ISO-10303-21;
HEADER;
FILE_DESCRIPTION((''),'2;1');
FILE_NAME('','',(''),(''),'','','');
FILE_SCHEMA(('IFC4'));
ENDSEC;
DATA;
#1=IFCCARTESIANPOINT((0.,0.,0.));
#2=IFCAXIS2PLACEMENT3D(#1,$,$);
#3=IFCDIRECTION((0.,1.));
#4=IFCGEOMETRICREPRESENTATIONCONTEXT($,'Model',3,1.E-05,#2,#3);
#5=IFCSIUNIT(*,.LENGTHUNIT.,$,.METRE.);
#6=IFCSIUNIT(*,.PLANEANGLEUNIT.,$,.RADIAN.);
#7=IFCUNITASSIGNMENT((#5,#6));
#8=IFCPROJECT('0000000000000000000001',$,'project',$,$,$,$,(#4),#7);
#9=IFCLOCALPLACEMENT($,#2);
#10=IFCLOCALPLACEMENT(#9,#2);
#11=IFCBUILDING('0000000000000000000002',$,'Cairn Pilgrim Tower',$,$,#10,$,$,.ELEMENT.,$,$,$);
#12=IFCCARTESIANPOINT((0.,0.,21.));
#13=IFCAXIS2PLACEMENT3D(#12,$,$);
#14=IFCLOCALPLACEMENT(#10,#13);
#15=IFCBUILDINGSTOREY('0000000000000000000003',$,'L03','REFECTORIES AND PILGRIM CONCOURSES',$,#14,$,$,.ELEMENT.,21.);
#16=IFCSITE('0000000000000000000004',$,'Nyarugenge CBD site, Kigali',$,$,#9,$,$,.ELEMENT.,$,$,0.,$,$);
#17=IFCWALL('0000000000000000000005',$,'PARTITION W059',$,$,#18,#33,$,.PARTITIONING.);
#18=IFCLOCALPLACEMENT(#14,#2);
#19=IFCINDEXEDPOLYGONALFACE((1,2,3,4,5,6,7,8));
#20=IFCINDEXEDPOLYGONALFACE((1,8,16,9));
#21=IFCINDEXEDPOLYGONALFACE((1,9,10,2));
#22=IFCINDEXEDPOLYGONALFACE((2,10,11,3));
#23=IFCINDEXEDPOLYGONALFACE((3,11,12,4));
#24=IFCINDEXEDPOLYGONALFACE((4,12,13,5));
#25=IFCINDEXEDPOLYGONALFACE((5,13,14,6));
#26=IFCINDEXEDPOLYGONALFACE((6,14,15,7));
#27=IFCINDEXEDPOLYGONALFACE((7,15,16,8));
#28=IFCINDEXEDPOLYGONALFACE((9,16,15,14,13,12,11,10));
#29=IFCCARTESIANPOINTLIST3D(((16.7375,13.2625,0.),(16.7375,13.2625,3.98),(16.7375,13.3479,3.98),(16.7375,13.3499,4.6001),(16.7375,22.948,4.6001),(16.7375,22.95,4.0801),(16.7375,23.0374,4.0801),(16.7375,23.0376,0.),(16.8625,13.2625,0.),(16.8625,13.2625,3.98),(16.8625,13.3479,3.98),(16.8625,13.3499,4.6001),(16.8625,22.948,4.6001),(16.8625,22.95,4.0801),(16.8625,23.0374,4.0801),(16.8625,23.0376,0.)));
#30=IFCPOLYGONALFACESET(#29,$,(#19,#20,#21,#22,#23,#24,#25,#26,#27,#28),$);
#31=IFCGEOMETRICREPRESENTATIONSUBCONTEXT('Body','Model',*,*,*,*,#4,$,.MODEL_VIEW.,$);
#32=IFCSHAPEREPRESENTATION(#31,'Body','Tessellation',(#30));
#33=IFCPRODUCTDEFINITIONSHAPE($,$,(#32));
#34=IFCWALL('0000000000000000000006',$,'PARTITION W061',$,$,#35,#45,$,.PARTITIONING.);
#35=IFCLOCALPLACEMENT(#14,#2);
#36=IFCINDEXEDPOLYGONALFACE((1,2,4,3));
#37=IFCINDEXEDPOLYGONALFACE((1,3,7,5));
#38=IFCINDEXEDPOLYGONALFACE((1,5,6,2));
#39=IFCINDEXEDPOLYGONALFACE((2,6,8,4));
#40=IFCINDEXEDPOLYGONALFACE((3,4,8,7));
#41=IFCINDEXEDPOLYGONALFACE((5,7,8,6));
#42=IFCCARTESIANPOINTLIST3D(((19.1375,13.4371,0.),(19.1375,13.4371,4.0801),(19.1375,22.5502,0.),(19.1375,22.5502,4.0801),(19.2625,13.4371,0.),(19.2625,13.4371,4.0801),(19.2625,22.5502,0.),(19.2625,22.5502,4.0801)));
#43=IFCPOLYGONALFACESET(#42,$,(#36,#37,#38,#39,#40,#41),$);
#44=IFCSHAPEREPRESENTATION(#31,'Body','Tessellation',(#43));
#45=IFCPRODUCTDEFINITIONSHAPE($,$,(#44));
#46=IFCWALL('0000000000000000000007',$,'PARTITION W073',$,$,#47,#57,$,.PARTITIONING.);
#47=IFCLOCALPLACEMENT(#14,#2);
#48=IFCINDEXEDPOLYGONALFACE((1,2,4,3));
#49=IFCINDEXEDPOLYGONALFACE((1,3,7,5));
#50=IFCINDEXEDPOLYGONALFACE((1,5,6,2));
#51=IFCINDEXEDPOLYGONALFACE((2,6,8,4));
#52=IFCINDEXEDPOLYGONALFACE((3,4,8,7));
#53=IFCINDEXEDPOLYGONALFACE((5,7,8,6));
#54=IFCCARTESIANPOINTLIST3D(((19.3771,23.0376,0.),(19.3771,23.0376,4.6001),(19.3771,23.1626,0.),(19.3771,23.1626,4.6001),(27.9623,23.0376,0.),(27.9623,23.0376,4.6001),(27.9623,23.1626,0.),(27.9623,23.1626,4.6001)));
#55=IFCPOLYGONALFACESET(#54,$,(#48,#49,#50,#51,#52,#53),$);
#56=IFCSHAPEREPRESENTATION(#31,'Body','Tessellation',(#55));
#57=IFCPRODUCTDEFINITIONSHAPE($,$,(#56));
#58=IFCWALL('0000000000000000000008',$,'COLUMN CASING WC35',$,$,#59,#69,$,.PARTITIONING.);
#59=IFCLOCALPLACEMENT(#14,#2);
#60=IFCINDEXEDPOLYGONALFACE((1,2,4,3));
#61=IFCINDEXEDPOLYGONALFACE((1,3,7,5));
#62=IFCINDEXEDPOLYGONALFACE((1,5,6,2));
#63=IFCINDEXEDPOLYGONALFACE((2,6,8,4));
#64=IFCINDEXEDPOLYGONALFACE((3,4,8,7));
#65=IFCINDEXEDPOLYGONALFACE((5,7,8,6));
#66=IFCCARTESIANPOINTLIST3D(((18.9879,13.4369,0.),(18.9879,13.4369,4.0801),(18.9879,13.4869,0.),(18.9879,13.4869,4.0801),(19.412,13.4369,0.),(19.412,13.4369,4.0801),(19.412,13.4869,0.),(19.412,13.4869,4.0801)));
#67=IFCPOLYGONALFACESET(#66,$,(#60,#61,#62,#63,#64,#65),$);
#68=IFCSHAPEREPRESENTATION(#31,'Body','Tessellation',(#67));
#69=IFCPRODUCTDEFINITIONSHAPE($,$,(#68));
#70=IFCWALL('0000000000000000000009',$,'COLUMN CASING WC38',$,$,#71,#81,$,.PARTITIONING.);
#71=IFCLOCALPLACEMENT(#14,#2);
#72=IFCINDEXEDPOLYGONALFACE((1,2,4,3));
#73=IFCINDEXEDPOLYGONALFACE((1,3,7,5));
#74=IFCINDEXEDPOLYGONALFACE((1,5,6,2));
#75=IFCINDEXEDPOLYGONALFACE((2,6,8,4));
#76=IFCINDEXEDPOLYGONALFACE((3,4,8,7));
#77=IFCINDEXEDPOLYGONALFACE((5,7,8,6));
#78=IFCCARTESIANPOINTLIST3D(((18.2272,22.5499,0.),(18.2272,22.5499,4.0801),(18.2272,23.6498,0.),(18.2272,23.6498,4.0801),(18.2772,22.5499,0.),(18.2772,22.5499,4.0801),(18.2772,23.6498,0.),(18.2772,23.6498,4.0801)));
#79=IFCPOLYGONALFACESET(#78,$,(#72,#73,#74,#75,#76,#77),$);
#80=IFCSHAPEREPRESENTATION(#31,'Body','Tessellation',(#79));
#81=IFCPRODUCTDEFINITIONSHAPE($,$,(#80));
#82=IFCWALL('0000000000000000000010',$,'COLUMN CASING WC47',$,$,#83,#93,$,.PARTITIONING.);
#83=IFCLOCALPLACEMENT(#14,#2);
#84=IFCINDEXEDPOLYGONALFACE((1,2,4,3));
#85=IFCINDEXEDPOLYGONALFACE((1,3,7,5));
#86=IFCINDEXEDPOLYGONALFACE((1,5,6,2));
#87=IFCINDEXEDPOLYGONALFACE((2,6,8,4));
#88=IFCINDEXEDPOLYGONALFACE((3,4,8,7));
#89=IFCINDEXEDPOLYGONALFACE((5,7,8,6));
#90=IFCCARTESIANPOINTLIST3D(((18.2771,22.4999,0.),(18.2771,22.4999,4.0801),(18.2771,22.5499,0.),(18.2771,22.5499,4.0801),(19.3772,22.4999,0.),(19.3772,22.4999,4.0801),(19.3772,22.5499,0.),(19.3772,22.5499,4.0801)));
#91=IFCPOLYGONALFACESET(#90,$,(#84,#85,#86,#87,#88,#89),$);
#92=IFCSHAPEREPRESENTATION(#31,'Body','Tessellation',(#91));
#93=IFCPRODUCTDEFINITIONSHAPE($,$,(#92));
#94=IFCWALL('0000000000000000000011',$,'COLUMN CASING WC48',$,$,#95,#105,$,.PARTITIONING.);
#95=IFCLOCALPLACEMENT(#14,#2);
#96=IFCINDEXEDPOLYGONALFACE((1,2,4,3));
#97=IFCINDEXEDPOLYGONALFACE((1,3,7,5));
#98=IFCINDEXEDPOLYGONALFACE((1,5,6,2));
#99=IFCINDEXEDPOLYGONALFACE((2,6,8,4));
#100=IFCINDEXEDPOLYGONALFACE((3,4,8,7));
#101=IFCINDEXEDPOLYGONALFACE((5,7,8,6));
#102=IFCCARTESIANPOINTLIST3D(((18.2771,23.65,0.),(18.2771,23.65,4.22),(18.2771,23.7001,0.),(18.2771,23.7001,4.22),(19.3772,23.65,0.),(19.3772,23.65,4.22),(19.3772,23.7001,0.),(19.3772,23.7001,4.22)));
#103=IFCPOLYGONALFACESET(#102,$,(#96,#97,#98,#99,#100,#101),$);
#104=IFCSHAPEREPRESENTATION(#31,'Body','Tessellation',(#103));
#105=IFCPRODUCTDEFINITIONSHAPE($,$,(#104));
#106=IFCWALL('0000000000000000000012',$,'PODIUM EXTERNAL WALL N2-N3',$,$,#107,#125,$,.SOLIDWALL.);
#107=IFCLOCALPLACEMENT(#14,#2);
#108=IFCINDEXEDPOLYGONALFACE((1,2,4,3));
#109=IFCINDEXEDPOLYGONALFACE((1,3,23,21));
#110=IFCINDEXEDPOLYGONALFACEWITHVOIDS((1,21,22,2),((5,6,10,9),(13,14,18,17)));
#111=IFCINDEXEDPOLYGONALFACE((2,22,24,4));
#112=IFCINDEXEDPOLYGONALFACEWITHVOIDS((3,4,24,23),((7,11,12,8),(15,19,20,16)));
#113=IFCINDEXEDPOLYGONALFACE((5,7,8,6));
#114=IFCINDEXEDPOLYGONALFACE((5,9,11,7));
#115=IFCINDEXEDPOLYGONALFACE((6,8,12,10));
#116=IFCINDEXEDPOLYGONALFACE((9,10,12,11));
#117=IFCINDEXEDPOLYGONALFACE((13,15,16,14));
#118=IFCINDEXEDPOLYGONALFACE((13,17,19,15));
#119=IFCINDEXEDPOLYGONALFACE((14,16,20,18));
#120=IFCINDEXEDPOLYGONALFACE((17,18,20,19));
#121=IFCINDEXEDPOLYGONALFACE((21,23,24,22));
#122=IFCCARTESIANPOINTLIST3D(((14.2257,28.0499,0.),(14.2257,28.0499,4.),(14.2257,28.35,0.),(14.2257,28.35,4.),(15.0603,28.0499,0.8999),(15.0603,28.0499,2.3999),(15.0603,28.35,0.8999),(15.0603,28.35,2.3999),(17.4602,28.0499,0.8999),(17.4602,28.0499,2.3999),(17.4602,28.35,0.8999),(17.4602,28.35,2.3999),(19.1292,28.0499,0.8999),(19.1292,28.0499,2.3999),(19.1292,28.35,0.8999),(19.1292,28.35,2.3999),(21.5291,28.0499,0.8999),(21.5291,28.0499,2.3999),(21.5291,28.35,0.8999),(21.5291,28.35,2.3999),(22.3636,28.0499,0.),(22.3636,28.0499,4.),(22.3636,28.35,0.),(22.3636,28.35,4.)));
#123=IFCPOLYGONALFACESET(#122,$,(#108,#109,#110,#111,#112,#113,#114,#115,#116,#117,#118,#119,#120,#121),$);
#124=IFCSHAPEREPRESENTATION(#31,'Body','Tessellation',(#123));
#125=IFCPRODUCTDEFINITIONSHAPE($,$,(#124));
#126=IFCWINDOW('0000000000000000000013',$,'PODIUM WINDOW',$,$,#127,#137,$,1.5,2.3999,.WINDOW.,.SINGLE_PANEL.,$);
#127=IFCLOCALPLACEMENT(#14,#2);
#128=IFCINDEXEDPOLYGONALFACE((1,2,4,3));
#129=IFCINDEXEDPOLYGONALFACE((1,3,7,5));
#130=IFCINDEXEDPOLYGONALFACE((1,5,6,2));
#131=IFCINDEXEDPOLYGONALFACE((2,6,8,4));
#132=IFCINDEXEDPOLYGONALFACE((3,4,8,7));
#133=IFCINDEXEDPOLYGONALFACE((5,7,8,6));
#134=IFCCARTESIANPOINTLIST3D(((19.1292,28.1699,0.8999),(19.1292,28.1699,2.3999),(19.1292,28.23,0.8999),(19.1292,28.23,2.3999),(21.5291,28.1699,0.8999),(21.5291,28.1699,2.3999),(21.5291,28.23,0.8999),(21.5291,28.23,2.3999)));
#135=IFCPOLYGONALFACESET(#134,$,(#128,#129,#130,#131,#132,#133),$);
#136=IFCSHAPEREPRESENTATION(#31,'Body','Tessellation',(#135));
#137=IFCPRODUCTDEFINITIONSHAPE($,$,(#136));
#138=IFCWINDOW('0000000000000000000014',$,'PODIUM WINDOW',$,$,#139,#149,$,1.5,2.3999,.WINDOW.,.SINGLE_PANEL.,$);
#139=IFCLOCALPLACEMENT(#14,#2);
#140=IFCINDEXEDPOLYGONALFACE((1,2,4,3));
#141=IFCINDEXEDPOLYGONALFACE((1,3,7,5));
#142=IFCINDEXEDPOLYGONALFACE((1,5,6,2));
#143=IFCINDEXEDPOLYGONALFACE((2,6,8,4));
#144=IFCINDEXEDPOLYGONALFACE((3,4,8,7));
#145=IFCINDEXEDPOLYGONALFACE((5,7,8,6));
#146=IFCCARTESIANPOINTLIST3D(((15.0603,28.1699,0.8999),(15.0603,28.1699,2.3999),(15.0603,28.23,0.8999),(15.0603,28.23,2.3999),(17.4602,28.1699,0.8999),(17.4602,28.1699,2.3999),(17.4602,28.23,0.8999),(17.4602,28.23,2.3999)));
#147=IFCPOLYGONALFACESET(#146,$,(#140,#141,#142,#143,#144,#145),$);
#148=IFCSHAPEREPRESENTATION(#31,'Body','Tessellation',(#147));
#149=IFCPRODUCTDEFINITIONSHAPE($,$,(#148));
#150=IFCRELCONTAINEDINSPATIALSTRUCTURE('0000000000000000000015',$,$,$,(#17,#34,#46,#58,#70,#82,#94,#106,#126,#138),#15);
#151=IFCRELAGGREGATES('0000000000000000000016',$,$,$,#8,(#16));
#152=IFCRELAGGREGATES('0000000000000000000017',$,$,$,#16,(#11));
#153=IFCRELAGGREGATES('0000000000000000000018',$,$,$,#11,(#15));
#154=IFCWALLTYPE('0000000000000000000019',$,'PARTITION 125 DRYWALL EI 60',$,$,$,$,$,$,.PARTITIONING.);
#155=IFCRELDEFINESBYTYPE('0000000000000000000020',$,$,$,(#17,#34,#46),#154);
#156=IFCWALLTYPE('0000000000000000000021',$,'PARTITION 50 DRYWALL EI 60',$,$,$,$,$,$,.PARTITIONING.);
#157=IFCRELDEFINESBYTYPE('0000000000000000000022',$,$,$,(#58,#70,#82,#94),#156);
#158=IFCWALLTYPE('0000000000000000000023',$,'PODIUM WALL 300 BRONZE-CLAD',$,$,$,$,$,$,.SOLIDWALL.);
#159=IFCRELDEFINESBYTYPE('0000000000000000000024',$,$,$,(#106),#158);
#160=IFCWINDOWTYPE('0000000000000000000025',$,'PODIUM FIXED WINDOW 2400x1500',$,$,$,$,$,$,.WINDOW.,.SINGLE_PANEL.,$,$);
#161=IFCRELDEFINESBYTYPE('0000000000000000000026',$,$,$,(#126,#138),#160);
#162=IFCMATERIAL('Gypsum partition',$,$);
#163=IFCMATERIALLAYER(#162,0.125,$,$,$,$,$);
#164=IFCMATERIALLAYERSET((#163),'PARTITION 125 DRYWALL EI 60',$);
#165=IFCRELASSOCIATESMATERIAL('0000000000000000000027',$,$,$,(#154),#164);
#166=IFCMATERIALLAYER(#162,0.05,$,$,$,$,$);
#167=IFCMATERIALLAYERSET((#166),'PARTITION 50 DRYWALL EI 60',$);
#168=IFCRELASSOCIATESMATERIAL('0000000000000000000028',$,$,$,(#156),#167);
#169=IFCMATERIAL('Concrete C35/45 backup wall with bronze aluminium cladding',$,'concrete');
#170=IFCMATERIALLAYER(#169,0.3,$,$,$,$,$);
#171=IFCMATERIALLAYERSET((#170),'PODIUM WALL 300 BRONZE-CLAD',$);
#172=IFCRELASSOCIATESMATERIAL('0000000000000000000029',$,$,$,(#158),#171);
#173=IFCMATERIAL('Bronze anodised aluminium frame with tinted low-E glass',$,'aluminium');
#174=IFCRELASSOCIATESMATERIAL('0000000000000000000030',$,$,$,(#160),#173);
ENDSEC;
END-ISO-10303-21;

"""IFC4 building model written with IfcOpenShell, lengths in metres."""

from ifc_helpers import new_model, si_unit, direction, frame, frame_2d, origin, place, context, subcontext, project, spatial, polyline, rectangle, outline, extrude, material, layer, layer_set, type_object, element, fill, save


model = new_model("IFC4")

# Units and contexts
model_context = context("Model", 3, precision=1e-05, world=origin(), true_north=direction((0.0, 1.0)))
body_context = subcontext(model_context, "Body", "Model", "MODEL_VIEW")
ifc_project = project(units=[si_unit("LENGTHUNIT", "METRE"), si_unit("PLANEANGLEUNIT", "RADIAN")], contexts=[model_context])

# Site, building, storey
site_placement = place(None, origin())
site = spatial("IfcSite", under=ifc_project, at=site_placement, Name="Nyarugenge CBD site, Kigali", CompositionType="ELEMENT", RefElevation=0.0)
building_placement = place(site_placement, origin())
building = spatial("IfcBuilding", under=site, at=building_placement, Name="Cairn Pilgrim Tower", CompositionType="ELEMENT")
storey_placement = place(building_placement, frame((0.0, 0.0, 21.0)))
storey = spatial("IfcBuildingStorey", under=building, at=storey_placement, Name="L03", Description="REFECTORIES AND PILGRIM CONCOURSES", CompositionType="ELEMENT", Elevation=21.0)

# Walls
ifc_material_1 = material(Name="Gypsum partition")
ifc_layer_1 = layer(ifc_material_1, 0.125)
ifc_layer_set_1 = layer_set([ifc_layer_1], Name="PARTITION 125 DRYWALL EI 60")
wall_type_1 = type_object("IfcWallType", Name="PARTITION 125 DRYWALL EI 60", PredefinedType="PARTITIONING", material=ifc_layer_set_1)
wall_1_placement = place(storey_placement, frame((16.8, 13.2625, 0.0), z_axis=(0.0, 0.0, 1.0), x_axis=(0.0, 1.0, 0.0)))
element("IfcWall", 1, at=wall_1_placement, inside=storey, type_object=wall_type_1, Name="PARTITION W059", PredefinedType="PARTITIONING", context=body_context, shape_type="SweptSolid", body=[
    extrude(outline(polyline([(0.0, 0.0), (9.7751, 0.0), (9.7749, 4.0801), (9.6875, 4.0801), (9.6855, 4.6001), (0.0874, 4.6001), (0.0854, 3.98), (0.0, 3.98), (0.0, 0.0)])), frame((0.0, 0.0625, 0.0), z_axis=(0.0, -1.0, 0.0), x_axis=(1.0, 0.0, 0.0)), (0.0, 0.0, 1.0), 0.125),
])
wall_2_placement = place(storey_placement, frame((19.2, 13.437, 0.0), z_axis=(0.0, 0.0, 1.0), x_axis=(0.0, 1.0, 0.0)))
element("IfcWall", 2, at=wall_2_placement, inside=storey, type_object=wall_type_1, Name="PARTITION W061", PredefinedType="PARTITIONING", context=body_context, shape_type="SweptSolid", body=[
    extrude(rectangle(XDim=9.113, YDim=0.125, at=frame_2d((4.5566, 0.0))), origin(), (0.0, 0.0, 1.0), 4.0801),
])
wall_3_placement = place(storey_placement, frame((19.3772, 23.1001, 0.0), z_axis=(0.0, 0.0, 1.0), x_axis=(1.0, 0.0, 0.0)))
element("IfcWall", 3, at=wall_3_placement, inside=storey, type_object=wall_type_1, Name="PARTITION W073", PredefinedType="PARTITIONING", context=body_context, shape_type="SweptSolid", body=[
    extrude(rectangle(XDim=8.5852, YDim=0.125, at=frame_2d((4.2925, 0.0))), origin(), (0.0, 0.0, 1.0), 4.6001),
])
ifc_layer_2 = layer(ifc_material_1, 0.05)
ifc_layer_set_2 = layer_set([ifc_layer_2], Name="PARTITION 50 DRYWALL EI 60")
wall_type_2 = type_object("IfcWallType", Name="PARTITION 50 DRYWALL EI 60", PredefinedType="PARTITIONING", material=ifc_layer_set_2)
wall_4_placement = place(storey_placement, frame((18.988, 13.4619, 0.0), z_axis=(0.0, 0.0, 1.0), x_axis=(1.0, 0.0, 0.0)))
element("IfcWall", 4, at=wall_4_placement, inside=storey, type_object=wall_type_2, Name="COLUMN CASING WC35", PredefinedType="PARTITIONING", context=body_context, shape_type="SweptSolid", body=[
    extrude(rectangle(XDim=0.4241, YDim=0.05, at=frame_2d((0.2119, 0.0))), origin(), (0.0, 0.0, 1.0), 4.0801),
])
wall_5_placement = place(storey_placement, frame((18.2522, 22.55, 0.0), z_axis=(0.0, 0.0, 1.0), x_axis=(0.0, 1.0, 0.0)))
element("IfcWall", 5, at=wall_5_placement, inside=storey, type_object=wall_type_2, Name="COLUMN CASING WC38", PredefinedType="PARTITIONING", context=body_context, shape_type="SweptSolid", body=[
    extrude(rectangle(XDim=1.0999, YDim=0.05, at=frame_2d((0.5498, 0.0))), origin(), (0.0, 0.0, 1.0), 4.0801),
])
wall_6_placement = place(storey_placement, frame((18.2771, 22.5249, 0.0), z_axis=(0.0, 0.0, 1.0), x_axis=(1.0, 0.0, 0.0)))
element("IfcWall", 6, at=wall_6_placement, inside=storey, type_object=wall_type_2, Name="COLUMN CASING WC47", PredefinedType="PARTITIONING", context=body_context, shape_type="SweptSolid", body=[
    extrude(rectangle(XDim=1.1001, YDim=0.05, at=frame_2d((0.55, 0.0))), origin(), (0.0, 0.0, 1.0), 4.0801),
])
wall_7_placement = place(storey_placement, frame((18.2771, 23.675, 0.0), z_axis=(0.0, 0.0, 1.0), x_axis=(1.0, 0.0, 0.0)))
element("IfcWall", 7, at=wall_7_placement, inside=storey, type_object=wall_type_2, Name="COLUMN CASING WC48", PredefinedType="PARTITIONING", context=body_context, shape_type="SweptSolid", body=[
    extrude(rectangle(XDim=1.1001, YDim=0.05, at=frame_2d((0.55, 0.0))), origin(), (0.0, 0.0, 1.0), 4.22),
])

# Wall, openings, windows
ifc_material_2 = material(Name="Concrete C35/45 backup wall with bronze aluminium cladding", Category="concrete")
ifc_layer_3 = layer(ifc_material_2, 0.3)
ifc_layer_set_3 = layer_set([ifc_layer_3], Name="PODIUM WALL 300 BRONZE-CLAD")
wall_type_3 = type_object("IfcWallType", Name="PODIUM WALL 300 BRONZE-CLAD", PredefinedType="SOLIDWALL", material=ifc_layer_set_3)
wall_8_placement = place(storey_placement, frame((22.3635, 28.2, 0.0), z_axis=(0.0, 0.0, 1.0), x_axis=(-1.0, 0.0, 0.0)))
wall_8 = element("IfcWall", 8, at=wall_8_placement, inside=storey, type_object=wall_type_3, Name="PODIUM EXTERNAL WALL N2-N3", PredefinedType="SOLIDWALL", context=body_context, shape_type="SweptSolid", body=[
    extrude(rectangle(XDim=8.1379, YDim=0.3, at=frame_2d((4.0688, 0.0))), origin(), (0.0, 0.0, 1.0), 4.0),
])
opening_1_placement = place(wall_8_placement, frame((0.8345, 0.0, 0.8999)))
opening_1 = element("IfcOpeningElement", 9, at=opening_1_placement, cuts=wall_8, PredefinedType="OPENING", context=body_context, shape_type="SweptSolid", body=[
    extrude(rectangle(XDim=2.3999, YDim=1.5, at=frame_2d((1.2, 0.75))), frame((0.0, 0.1602, 0.0), z_axis=(0.0, -1.0, 0.0), x_axis=(1.0, 0.0, 0.0)), (0.0, 0.0, 1.0), 0.3201),
])
opening_2_placement = place(wall_8_placement, frame((4.9033, 0.0, 0.8999)))
opening_2 = element("IfcOpeningElement", 10, at=opening_2_placement, cuts=wall_8, PredefinedType="OPENING", context=body_context, shape_type="SweptSolid", body=[
    extrude(rectangle(XDim=2.3999, YDim=1.5, at=frame_2d((1.2, 0.75))), frame((0.0, 0.1602, 0.0), z_axis=(0.0, -1.0, 0.0), x_axis=(1.0, 0.0, 0.0)), (0.0, 0.0, 1.0), 0.3201),
])
ifc_material_3 = material(Name="Bronze anodised aluminium frame with tinted low-E glass", Category="aluminium")
window_type = type_object("IfcWindowType", Name="PODIUM FIXED WINDOW 2400x1500", PartitioningType="SINGLE_PANEL", PredefinedType="WINDOW", material=ifc_material_3)
window_1_placement = place(opening_1_placement, origin())
window_1 = element("IfcWindow", 11, at=window_1_placement, inside=storey, type_object=window_type, Name="PODIUM WINDOW", OverallHeight=1.5, OverallWidth=2.3999, PartitioningType="SINGLE_PANEL", PredefinedType="WINDOW", context=body_context, shape_type="SweptSolid", body=[
    extrude(rectangle(XDim=2.3999, YDim=1.5, at=frame_2d((1.2, 0.75))), frame((0.0, 0.03, 0.0), z_axis=(0.0, -1.0, 0.0), x_axis=(1.0, 0.0, 0.0)), (0.0, 0.0, 1.0), 0.0601),
])
fill(opening_1, window_1)
window_2_placement = place(opening_2_placement, origin())
window_2 = element("IfcWindow", 12, at=window_2_placement, inside=storey, type_object=window_type, Name="PODIUM WINDOW", OverallHeight=1.5, OverallWidth=2.3999, PartitioningType="SINGLE_PANEL", PredefinedType="WINDOW", context=body_context, shape_type="SweptSolid", body=[
    extrude(rectangle(XDim=2.3999, YDim=1.5, at=frame_2d((1.2, 0.75))), frame((0.0, 0.03, 0.0), z_axis=(0.0, -1.0, 0.0), x_axis=(1.0, 0.0, 0.0)), (0.0, 0.0, 1.0), 0.0601),
])
fill(opening_2, window_2)

save(model, "model.ifc")
